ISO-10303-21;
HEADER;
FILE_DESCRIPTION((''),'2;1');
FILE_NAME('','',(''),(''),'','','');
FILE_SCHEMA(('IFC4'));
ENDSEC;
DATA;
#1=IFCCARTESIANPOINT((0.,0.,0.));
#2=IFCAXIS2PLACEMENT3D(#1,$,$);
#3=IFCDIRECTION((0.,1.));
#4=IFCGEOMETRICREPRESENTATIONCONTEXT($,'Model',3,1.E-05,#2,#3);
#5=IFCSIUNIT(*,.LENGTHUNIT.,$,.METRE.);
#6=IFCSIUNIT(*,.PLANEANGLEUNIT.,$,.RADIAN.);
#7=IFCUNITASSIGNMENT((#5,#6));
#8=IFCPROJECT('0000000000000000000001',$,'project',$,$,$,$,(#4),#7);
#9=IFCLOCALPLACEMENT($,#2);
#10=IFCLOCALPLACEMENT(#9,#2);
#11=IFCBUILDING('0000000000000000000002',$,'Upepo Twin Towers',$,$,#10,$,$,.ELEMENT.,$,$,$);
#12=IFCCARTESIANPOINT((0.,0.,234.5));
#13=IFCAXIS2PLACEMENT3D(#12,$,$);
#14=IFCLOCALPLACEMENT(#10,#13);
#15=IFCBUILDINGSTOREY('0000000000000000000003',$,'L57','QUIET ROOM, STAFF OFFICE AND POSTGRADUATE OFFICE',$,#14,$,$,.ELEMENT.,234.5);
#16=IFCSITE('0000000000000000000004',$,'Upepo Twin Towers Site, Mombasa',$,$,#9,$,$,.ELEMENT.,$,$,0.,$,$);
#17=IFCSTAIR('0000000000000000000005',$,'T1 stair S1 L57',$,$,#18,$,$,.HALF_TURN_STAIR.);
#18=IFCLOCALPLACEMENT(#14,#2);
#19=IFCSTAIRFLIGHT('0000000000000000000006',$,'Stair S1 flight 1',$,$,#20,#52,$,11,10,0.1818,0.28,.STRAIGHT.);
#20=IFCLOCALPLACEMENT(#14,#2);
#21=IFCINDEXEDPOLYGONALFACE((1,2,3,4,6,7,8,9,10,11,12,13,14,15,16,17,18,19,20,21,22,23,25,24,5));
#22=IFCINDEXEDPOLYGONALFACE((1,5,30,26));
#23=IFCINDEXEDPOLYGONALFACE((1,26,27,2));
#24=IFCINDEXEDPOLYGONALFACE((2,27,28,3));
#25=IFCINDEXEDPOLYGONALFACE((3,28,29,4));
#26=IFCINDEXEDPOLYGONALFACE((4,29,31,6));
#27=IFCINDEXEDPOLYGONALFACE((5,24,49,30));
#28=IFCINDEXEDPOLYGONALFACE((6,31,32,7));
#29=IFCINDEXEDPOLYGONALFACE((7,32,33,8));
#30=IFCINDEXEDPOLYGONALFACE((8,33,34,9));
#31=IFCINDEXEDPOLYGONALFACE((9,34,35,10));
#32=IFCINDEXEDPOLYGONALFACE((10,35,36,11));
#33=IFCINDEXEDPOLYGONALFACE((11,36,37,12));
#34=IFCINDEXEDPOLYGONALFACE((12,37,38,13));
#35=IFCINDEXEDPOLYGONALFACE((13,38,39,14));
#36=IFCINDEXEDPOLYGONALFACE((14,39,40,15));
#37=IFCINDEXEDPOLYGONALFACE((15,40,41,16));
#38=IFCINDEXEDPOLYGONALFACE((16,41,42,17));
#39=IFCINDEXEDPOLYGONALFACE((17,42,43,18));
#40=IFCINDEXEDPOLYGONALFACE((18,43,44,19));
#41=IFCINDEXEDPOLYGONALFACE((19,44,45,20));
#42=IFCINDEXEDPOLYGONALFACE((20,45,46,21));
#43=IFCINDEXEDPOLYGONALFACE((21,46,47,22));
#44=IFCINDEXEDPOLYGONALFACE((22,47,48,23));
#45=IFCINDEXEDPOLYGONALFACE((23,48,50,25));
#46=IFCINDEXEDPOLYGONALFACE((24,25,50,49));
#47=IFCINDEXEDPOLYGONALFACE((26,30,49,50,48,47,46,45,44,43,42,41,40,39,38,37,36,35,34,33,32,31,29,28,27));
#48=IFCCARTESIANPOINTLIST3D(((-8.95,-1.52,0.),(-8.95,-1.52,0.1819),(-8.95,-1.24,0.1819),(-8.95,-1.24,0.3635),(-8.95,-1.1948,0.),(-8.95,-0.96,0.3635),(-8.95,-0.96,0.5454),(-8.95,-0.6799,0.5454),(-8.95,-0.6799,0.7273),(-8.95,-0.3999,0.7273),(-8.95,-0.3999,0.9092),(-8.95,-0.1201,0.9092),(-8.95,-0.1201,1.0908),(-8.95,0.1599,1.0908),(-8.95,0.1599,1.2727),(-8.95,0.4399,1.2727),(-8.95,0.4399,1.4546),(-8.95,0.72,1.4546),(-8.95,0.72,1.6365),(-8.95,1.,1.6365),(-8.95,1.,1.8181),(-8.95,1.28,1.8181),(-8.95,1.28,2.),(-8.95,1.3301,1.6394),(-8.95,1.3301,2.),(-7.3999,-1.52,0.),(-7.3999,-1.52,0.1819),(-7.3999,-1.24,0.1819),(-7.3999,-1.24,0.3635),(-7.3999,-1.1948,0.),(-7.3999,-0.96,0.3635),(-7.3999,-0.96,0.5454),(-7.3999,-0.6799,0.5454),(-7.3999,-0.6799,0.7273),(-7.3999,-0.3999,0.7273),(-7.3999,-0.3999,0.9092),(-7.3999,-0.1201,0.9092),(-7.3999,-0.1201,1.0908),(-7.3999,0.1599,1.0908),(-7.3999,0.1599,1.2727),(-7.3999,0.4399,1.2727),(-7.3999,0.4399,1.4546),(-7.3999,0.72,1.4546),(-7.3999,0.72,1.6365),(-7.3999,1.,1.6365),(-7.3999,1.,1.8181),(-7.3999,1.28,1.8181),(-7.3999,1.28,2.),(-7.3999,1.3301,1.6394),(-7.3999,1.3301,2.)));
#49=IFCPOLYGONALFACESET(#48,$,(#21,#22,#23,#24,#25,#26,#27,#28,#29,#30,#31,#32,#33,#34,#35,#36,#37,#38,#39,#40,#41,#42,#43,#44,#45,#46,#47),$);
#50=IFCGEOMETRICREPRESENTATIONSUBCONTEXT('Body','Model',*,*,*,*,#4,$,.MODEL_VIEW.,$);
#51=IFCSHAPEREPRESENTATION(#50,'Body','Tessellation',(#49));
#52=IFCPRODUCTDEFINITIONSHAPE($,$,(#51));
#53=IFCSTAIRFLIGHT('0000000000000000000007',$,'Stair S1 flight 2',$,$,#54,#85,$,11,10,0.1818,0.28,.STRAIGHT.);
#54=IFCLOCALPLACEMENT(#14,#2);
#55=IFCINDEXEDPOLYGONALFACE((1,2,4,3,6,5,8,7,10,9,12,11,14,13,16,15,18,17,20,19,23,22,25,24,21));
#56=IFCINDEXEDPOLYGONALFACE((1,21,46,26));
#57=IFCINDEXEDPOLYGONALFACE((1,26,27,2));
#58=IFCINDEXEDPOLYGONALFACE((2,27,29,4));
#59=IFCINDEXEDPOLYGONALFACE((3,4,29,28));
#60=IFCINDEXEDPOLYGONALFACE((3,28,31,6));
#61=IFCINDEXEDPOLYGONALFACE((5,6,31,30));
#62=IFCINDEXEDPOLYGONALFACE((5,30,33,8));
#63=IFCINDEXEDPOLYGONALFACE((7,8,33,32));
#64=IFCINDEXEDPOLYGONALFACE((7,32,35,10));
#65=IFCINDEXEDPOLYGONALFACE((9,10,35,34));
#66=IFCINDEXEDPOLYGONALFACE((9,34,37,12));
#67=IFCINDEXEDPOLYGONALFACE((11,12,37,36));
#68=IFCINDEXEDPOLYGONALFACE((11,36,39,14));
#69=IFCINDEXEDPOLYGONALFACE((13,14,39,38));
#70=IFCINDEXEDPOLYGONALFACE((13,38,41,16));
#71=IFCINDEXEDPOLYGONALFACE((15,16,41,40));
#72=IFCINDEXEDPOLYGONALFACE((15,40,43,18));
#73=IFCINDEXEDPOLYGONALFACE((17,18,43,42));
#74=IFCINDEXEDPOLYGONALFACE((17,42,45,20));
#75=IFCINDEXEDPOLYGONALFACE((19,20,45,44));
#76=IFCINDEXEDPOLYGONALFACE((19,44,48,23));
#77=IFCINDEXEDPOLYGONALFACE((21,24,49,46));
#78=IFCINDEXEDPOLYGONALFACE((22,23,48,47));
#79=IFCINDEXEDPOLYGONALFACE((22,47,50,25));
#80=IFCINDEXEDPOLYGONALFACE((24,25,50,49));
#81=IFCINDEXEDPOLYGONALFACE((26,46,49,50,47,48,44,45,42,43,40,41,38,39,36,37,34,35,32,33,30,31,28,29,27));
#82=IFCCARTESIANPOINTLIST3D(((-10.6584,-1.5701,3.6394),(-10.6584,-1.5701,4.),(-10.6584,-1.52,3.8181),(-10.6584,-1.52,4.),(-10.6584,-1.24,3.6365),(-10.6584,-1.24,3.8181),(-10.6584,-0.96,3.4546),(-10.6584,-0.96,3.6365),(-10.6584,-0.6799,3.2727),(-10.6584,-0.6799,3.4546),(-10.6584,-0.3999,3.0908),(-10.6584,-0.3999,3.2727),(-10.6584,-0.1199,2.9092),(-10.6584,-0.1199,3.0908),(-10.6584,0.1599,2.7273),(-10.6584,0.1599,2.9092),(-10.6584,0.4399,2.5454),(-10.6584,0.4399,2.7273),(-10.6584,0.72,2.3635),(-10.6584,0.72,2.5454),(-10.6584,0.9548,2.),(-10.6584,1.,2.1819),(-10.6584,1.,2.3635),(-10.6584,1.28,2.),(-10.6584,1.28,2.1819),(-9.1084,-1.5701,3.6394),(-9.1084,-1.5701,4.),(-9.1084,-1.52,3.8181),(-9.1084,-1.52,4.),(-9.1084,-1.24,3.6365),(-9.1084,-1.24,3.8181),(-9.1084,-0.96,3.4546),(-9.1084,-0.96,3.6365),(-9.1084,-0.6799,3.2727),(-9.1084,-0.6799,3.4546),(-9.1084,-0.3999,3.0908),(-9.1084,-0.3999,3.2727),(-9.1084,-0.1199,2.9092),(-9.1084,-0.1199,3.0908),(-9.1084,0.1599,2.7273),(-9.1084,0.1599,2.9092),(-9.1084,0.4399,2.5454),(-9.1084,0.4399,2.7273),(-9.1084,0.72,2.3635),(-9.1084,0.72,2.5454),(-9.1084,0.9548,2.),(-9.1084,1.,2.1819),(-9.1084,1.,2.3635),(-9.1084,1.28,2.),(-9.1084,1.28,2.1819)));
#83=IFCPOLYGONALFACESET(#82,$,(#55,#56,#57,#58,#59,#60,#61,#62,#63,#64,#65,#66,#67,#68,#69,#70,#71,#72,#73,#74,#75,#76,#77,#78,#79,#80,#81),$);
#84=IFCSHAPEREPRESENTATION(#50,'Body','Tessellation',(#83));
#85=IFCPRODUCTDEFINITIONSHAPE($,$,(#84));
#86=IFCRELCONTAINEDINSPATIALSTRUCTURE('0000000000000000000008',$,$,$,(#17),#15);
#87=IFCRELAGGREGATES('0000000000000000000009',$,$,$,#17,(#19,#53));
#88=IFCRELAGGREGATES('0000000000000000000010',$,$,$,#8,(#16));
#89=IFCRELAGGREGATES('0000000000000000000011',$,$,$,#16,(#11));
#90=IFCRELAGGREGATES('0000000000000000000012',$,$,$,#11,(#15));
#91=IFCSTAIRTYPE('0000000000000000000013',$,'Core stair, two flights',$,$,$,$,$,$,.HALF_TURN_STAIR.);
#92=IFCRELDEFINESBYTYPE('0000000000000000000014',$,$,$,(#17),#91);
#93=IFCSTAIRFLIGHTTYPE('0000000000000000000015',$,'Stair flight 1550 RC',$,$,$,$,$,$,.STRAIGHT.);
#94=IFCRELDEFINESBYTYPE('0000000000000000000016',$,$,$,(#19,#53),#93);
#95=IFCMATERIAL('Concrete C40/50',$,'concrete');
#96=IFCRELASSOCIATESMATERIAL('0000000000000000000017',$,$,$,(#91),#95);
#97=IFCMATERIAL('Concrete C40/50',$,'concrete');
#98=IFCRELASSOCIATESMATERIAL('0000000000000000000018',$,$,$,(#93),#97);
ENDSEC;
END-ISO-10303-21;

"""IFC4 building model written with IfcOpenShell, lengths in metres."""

from ifc_helpers import new_model, si_unit, direction, frame, origin, place, context, subcontext, project, spatial, polyline, outline, extrude, material, type_object, element, aggregate, save


model = new_model("IFC4")

# Units and contexts
model_context = context("Model", 3, precision=1e-05, world=origin(), true_north=direction((0.0, 1.0)))
body_context = subcontext(model_context, "Body", "Model", "MODEL_VIEW")
ifc_project = project(units=[si_unit("LENGTHUNIT", "METRE"), si_unit("PLANEANGLEUNIT", "RADIAN")], contexts=[model_context])

# Site, building, storey
site_placement = place(None, origin())
site = spatial("IfcSite", under=ifc_project, at=site_placement, Name="Upepo Twin Towers Site, Mombasa", CompositionType="ELEMENT", RefElevation=0.0)
building_placement = place(site_placement, origin())
building = spatial("IfcBuilding", under=site, at=building_placement, Name="Upepo Twin Towers", CompositionType="ELEMENT")
storey_placement = place(building_placement, frame((0.0, 0.0, 234.5)))
storey = spatial("IfcBuildingStorey", under=building, at=storey_placement, Name="L57", Description="QUIET ROOM, STAFF OFFICE AND POSTGRADUATE OFFICE", CompositionType="ELEMENT", Elevation=234.5)

# Stair
ifc_material_1 = material(Name="Concrete C40/50", Category="concrete")
stair_type = type_object("IfcStairType", Name="Core stair, two flights", PredefinedType="HALF_TURN_STAIR", material=ifc_material_1)
stair_placement = place(storey_placement, origin())
stair = element("IfcStair", 1, at=stair_placement, inside=storey, type_object=stair_type, Name="T1 stair S1 L57", PredefinedType="HALF_TURN_STAIR")

# Stair flights
ifc_material_2 = material(Name="Concrete C40/50", Category="concrete")
stair_flight_type = type_object("IfcStairFlightType", Name="Stair flight 1550 RC", PredefinedType="STRAIGHT", material=ifc_material_2)
stair_flight_1_placement = place(storey_placement, frame((-8.175, -1.52, 0.0), z_axis=(0.0, 0.0, 1.0), x_axis=(0.0, 1.0, 0.0)))
stair_flight_1 = element("IfcStairFlight", 2, at=stair_flight_1_placement, type_object=stair_flight_type, Name="Stair S1 flight 1", NumberOfRisers=11, NumberOfTreads=10, PredefinedType="STRAIGHT", RiserHeight=0.1818, TreadLength=0.28, context=body_context, shape_type="SweptSolid", body=[
    extrude(outline(polyline([(0.0, 0.0), (0.0, 0.1819), (0.28, 0.1819), (0.28, 0.3635), (0.5601, 0.3635), (0.5601, 0.5454), (0.8401, 0.5454), (0.8401, 0.7273), (1.1201, 0.7273), (1.1201, 0.9092), (1.3999, 0.9092), (1.3999, 1.0908), (1.6799, 1.0908), (1.6799, 1.2727), (1.96, 1.2727), (1.96, 1.4546), (2.24, 1.4546), (2.24, 1.6365), (2.52, 1.6365), (2.52, 1.8181), (2.8, 1.8181), (2.8, 2.0), (2.8501, 2.0), (2.8501, 1.6394), (0.3252, 0.0), (0.0, 0.0)])), frame((0.0, 0.7749, 0.0), z_axis=(0.0, -1.0, 0.0), x_axis=(1.0, 0.0, 0.0)), (0.0, 0.0, 1.0), 1.55),
])
stair_flight_2_placement = place(storey_placement, frame((-9.8833, 1.28, 2.0), z_axis=(0.0, 0.0, 1.0), x_axis=(0.0, -1.0, 0.0)))
stair_flight_2 = element("IfcStairFlight", 3, at=stair_flight_2_placement, type_object=stair_flight_type, Name="Stair S1 flight 2", NumberOfRisers=11, NumberOfTreads=10, PredefinedType="STRAIGHT", RiserHeight=0.1818, TreadLength=0.28, context=body_context, shape_type="SweptSolid", body=[
    extrude(outline(polyline([(0.0, 0.0), (0.0, 0.1819), (0.28, 0.1819), (0.28, 0.3635), (0.5601, 0.3635), (0.5601, 0.5454), (0.8401, 0.5454), (0.8401, 0.7273), (1.1201, 0.7273), (1.1201, 0.9092), (1.3999, 0.9092), (1.3999, 1.0908), (1.6799, 1.0908), (1.6799, 1.2727), (1.96, 1.2727), (1.96, 1.4546), (2.24, 1.4546), (2.24, 1.6365), (2.52, 1.6365), (2.52, 1.8181), (2.8, 1.8181), (2.8, 2.0), (2.8501, 2.0), (2.8501, 1.6394), (0.3252, 0.0), (0.0, 0.0)])), frame((0.0, 0.7749, 0.0), z_axis=(0.0, -1.0, 0.0), x_axis=(1.0, 0.0, 0.0)), (0.0, 0.0, 1.0), 1.55),
])
aggregate(stair, [stair_flight_1, stair_flight_2])

save(model, "model.ifc")
